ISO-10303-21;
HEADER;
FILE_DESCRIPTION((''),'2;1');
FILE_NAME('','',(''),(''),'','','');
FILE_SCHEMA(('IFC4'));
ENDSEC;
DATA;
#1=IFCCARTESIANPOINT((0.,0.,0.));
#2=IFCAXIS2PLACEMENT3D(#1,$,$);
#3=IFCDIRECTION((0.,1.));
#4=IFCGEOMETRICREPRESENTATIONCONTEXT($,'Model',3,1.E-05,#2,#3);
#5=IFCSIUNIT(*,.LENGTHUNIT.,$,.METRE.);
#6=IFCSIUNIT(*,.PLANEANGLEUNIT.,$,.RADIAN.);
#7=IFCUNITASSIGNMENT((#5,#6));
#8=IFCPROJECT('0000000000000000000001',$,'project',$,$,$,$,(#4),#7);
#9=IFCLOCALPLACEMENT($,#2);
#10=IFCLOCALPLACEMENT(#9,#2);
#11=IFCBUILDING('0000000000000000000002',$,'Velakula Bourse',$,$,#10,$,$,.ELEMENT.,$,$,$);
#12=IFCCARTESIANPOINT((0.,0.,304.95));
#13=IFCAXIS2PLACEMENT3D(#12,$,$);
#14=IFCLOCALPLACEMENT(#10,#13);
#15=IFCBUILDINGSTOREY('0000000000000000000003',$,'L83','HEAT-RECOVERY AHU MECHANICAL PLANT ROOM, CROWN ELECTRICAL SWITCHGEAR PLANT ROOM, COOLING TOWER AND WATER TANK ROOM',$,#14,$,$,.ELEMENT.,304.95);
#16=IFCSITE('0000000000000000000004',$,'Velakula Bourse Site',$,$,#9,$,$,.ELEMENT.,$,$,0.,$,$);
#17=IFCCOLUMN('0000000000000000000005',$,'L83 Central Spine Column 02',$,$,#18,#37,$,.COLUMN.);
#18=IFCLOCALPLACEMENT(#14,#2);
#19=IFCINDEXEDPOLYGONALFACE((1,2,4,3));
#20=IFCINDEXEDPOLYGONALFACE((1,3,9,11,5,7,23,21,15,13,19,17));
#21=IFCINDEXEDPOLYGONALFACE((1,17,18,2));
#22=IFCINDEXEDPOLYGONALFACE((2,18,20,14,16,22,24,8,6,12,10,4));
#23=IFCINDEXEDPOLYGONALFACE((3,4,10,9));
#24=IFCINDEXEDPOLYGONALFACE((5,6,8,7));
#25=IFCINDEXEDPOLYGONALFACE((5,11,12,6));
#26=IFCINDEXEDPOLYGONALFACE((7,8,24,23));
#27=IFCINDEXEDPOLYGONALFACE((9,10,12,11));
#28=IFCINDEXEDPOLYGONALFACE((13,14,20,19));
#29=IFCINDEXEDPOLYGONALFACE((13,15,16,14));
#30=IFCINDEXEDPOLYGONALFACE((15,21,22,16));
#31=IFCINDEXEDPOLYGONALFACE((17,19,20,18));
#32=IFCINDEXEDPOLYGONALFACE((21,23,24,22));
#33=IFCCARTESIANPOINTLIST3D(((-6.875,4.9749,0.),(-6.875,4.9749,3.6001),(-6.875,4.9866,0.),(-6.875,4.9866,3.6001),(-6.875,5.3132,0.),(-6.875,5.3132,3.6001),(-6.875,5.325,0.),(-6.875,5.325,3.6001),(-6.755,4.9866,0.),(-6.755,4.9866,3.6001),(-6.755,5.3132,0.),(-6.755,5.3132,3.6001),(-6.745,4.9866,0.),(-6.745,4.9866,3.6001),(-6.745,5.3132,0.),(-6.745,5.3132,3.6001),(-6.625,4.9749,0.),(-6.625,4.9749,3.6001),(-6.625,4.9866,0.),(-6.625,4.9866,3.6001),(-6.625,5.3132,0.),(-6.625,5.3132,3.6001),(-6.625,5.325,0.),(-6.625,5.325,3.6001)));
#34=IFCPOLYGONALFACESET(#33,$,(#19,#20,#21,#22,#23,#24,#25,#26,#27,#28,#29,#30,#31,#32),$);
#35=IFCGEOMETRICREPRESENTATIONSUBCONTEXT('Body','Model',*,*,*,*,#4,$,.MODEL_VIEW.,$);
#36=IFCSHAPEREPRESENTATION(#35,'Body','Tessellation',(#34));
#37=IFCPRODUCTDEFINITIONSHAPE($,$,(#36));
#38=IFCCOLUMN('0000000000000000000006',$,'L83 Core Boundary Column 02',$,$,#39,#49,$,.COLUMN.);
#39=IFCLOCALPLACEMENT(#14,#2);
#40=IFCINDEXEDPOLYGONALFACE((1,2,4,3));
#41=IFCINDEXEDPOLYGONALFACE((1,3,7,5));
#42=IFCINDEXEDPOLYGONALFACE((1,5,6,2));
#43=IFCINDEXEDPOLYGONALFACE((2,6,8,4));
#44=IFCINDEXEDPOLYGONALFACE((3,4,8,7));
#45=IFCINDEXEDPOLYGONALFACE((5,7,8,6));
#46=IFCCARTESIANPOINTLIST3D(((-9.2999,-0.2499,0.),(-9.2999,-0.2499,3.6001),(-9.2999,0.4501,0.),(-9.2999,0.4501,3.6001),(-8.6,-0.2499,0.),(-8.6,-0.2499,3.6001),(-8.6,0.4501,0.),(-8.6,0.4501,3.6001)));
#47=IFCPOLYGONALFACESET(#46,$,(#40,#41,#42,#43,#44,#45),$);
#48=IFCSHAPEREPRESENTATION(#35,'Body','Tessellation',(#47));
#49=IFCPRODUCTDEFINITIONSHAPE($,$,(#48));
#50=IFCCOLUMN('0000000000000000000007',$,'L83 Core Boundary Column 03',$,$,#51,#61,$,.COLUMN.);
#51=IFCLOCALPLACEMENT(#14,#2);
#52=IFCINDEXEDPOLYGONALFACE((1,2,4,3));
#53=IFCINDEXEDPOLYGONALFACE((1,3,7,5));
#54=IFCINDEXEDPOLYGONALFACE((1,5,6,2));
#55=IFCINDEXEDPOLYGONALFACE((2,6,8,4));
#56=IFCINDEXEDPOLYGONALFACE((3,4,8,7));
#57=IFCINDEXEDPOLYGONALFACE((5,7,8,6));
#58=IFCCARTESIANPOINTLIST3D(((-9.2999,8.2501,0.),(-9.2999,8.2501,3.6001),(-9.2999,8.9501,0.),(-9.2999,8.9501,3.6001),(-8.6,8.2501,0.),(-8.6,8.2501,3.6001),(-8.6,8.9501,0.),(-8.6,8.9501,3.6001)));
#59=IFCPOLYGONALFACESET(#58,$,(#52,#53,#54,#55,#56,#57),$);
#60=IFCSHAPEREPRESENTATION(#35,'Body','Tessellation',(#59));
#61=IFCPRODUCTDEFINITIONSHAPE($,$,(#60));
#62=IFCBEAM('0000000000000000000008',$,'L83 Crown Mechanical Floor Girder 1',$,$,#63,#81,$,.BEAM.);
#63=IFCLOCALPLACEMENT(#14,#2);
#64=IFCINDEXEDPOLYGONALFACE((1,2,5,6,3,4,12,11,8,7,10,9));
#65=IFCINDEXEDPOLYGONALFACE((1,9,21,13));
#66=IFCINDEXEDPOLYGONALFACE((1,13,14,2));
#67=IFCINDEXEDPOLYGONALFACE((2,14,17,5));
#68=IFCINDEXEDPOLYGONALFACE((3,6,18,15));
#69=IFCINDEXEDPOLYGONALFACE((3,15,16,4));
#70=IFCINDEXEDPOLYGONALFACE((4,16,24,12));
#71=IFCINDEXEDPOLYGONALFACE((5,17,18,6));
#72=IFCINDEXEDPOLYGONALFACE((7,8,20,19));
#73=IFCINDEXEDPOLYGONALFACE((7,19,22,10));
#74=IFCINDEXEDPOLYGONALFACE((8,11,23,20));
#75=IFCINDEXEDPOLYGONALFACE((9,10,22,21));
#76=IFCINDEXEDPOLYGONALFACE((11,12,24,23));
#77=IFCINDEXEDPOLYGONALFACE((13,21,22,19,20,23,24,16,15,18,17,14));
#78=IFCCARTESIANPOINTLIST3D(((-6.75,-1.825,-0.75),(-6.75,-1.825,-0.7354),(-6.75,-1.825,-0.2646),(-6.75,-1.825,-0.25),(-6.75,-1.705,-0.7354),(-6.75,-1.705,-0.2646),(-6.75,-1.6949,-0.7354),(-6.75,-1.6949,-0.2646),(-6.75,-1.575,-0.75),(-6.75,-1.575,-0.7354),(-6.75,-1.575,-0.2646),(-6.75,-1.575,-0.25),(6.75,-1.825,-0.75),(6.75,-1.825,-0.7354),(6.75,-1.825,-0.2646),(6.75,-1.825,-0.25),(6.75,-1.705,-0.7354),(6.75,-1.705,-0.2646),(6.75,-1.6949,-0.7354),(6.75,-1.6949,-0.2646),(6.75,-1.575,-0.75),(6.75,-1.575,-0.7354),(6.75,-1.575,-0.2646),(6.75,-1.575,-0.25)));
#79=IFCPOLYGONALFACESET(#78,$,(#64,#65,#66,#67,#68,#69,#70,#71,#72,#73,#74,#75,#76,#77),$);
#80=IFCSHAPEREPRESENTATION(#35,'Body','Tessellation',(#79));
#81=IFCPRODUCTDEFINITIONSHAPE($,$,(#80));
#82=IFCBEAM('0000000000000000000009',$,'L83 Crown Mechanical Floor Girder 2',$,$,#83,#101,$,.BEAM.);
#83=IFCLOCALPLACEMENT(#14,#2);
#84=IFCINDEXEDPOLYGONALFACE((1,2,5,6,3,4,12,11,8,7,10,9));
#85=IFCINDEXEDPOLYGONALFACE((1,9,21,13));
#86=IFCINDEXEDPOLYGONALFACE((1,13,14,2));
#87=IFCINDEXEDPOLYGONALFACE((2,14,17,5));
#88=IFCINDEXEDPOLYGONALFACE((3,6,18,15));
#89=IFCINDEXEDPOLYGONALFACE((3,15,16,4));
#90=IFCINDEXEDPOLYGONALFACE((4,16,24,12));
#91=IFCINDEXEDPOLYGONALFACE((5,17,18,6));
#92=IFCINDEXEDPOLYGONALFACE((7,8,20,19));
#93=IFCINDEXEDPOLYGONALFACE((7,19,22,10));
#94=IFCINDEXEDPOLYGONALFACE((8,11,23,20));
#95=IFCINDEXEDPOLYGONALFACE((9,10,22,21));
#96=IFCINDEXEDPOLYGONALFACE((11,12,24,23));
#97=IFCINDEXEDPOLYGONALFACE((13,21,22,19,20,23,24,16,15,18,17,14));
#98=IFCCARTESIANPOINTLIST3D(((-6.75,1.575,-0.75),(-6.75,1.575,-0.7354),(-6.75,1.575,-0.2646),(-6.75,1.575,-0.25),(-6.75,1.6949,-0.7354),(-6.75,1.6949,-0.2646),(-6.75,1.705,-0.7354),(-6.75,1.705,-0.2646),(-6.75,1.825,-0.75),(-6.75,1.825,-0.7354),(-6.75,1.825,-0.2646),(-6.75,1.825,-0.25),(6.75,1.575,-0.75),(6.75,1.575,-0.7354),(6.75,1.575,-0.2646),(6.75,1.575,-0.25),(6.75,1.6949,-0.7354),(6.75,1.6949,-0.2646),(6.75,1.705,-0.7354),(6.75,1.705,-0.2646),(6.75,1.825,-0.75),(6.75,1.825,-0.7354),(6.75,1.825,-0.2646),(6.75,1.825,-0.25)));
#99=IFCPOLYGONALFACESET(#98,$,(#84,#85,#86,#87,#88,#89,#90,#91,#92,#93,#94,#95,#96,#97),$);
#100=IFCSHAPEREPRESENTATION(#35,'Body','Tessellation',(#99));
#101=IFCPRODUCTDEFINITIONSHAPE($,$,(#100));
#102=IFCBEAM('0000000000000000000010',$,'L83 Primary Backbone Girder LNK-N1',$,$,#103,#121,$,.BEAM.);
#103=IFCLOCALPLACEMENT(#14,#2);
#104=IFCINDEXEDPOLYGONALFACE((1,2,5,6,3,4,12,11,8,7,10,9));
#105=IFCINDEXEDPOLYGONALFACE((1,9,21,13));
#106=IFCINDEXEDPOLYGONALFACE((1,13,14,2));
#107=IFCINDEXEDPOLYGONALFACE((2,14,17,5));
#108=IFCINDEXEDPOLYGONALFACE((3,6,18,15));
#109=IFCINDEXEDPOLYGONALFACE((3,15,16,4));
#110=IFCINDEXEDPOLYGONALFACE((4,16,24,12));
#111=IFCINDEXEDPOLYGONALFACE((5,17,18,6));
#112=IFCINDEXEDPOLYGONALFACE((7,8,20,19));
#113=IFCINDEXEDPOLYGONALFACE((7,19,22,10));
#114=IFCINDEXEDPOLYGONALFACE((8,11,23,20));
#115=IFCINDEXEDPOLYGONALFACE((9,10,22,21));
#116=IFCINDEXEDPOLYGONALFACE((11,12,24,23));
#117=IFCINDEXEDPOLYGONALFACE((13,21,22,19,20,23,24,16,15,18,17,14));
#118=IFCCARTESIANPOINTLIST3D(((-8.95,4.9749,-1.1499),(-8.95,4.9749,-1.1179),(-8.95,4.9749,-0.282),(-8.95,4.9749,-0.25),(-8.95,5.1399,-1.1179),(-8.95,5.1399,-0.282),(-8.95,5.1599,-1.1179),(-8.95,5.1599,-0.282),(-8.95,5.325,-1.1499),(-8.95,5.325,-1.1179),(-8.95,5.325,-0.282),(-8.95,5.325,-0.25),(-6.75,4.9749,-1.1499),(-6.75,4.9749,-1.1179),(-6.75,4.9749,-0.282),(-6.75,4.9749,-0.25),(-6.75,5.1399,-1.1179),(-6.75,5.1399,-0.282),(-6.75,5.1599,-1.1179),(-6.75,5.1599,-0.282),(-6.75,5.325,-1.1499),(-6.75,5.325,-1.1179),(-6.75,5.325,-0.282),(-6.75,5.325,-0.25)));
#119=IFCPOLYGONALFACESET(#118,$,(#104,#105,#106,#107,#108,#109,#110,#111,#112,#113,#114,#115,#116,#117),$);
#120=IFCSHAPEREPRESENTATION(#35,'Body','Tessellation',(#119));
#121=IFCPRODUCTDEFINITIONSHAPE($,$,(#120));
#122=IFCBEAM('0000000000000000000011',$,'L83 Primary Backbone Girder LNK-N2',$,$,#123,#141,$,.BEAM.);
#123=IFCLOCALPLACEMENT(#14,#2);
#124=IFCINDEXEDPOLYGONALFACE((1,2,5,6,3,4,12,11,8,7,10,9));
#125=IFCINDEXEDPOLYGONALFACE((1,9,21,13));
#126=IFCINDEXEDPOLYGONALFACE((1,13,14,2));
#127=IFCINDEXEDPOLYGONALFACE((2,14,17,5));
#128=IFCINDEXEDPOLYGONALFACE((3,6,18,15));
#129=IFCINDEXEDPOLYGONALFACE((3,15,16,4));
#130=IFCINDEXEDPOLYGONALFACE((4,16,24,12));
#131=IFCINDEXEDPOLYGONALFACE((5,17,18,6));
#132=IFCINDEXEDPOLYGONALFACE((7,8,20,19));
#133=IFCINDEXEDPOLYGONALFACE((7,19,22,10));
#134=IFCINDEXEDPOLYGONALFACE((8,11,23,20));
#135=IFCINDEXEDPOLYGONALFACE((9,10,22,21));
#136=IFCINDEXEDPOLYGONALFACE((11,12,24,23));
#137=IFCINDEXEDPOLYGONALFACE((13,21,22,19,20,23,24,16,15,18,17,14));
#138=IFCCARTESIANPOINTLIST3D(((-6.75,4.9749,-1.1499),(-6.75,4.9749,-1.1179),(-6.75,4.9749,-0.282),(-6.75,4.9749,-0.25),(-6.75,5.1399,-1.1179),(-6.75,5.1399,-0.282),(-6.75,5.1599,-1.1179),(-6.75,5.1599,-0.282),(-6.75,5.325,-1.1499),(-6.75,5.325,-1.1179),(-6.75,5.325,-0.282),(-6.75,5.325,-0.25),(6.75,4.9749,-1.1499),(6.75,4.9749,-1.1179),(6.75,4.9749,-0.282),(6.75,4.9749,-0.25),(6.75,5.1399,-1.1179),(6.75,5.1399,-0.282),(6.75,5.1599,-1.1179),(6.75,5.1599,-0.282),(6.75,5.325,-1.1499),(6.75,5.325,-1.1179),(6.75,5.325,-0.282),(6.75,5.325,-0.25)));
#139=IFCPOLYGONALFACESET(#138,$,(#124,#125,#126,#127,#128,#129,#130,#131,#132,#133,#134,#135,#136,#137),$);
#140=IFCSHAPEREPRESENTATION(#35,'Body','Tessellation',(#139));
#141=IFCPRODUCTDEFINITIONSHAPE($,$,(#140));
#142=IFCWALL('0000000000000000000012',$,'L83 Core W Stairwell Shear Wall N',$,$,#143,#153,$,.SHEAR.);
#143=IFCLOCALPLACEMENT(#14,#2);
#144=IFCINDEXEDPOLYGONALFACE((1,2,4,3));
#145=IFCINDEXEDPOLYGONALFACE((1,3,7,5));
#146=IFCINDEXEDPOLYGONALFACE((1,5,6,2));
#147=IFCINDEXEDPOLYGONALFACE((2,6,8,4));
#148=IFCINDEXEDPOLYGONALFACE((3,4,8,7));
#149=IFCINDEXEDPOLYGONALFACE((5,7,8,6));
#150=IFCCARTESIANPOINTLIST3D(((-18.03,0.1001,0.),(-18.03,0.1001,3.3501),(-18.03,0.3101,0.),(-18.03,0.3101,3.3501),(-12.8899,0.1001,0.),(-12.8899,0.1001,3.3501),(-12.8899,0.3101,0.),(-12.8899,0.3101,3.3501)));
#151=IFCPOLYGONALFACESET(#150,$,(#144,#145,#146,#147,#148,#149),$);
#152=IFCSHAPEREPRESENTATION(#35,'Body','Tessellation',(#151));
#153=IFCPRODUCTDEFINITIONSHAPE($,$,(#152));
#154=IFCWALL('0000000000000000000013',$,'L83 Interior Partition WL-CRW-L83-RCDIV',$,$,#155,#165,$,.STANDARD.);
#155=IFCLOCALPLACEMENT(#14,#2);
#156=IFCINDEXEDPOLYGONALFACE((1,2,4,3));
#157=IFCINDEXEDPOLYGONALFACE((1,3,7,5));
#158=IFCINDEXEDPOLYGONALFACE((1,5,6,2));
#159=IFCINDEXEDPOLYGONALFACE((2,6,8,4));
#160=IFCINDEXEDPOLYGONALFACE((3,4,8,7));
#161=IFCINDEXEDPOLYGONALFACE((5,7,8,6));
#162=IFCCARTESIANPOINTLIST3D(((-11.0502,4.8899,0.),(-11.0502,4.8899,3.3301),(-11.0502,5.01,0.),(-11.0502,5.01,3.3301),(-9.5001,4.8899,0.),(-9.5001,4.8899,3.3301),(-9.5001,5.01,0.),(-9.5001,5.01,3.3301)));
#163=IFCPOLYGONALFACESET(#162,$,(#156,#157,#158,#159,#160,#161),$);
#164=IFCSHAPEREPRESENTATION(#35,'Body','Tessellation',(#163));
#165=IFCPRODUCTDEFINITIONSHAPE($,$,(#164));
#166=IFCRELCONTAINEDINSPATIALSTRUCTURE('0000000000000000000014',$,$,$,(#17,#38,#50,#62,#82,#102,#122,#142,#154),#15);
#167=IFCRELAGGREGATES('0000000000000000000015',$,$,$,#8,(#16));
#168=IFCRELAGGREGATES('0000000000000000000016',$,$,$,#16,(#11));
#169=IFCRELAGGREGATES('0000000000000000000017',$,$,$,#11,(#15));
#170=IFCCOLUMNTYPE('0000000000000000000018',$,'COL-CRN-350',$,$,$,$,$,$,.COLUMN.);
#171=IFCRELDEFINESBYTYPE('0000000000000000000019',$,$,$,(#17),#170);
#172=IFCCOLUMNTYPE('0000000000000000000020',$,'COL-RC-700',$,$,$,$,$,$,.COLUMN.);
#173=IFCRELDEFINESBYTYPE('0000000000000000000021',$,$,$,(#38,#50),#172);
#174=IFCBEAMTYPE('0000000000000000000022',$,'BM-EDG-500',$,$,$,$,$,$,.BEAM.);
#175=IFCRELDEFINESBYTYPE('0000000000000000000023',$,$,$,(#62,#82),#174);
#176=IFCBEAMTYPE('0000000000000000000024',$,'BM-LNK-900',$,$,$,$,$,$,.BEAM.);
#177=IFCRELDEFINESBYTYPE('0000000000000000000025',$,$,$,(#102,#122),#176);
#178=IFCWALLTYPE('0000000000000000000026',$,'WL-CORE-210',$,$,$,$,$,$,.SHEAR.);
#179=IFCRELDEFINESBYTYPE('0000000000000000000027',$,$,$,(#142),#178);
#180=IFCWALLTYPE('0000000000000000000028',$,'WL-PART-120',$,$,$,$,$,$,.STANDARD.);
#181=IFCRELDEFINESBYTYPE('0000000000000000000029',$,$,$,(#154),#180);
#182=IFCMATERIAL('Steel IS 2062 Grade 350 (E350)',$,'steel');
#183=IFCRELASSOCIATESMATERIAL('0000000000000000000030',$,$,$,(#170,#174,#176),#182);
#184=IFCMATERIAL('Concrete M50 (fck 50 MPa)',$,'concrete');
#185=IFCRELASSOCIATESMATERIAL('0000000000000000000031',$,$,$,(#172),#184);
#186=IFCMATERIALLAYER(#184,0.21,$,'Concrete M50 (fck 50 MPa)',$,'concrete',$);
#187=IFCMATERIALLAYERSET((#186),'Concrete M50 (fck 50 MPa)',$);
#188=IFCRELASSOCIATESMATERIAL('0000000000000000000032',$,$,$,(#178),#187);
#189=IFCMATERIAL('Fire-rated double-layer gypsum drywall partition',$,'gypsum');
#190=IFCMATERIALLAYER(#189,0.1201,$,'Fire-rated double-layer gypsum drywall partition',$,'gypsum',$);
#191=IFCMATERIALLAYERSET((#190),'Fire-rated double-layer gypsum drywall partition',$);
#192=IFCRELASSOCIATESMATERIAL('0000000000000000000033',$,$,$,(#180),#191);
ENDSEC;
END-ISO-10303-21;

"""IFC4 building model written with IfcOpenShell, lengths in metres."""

from ifc_helpers import new_model, si_unit, direction, frame, frame_2d, origin, origin_2d, place, context, subcontext, project, spatial, rectangle, i_section, extrude, material, layer, layer_set, material_profile, profile_set, type_object, element, save


model = new_model("IFC4")

# Units and contexts
model_context = context("Model", 3, precision=1e-05, world=origin(), true_north=direction((0.0, 1.0)))
body_context = subcontext(model_context, "Body", "Model", "MODEL_VIEW")
ifc_project = project(units=[si_unit("LENGTHUNIT", "METRE"), si_unit("PLANEANGLEUNIT", "RADIAN")], contexts=[model_context])

# Site, building, storey
site_placement = place(None, origin())
site = spatial("IfcSite", under=ifc_project, at=site_placement, Name="Velakula Bourse Site", CompositionType="ELEMENT", RefElevation=0.0)
building_placement = place(site_placement, origin())
building = spatial("IfcBuilding", under=site, at=building_placement, Name="Velakula Bourse", CompositionType="ELEMENT")
storey_placement = place(building_placement, frame((0.0, 0.0, 304.95)))
storey = spatial("IfcBuildingStorey", under=building, at=storey_placement, Name="L83", Description="HEAT-RECOVERY AHU MECHANICAL PLANT ROOM, CROWN ELECTRICAL SWITCHGEAR PLANT ROOM, COOLING TOWER AND WATER TANK ROOM", CompositionType="ELEMENT", Elevation=304.95)

# Columns
ifc_material_1 = material(Name="Steel IS 2062 Grade 350 (E350)", Category="steel")
ifc_material_profile_1 = material_profile(ifc_material_1, i_section(OverallWidth=0.25, OverallDepth=0.3501, WebThickness=0.01, FlangeThickness=0.0117, at=origin_2d()), Name="Steel IS 2062 Grade 350 (E350)")
ifc_profile_set_1 = profile_set([ifc_material_profile_1], Name="Steel IS 2062 Grade 350 (E350)")
column_type_1 = type_object("IfcColumnType", Name="COL-CRN-350", PredefinedType="COLUMN", material=ifc_profile_set_1)
column_placement = place(storey_placement, frame((-6.75, 5.1499, 0.0), z_axis=(0.0, 0.0, 1.0), x_axis=(1.0, 0.0, 0.0)))
element("IfcColumn", 1, at=column_placement, inside=storey, type_object=column_type_1, Name="L83 Central Spine Column 02", PredefinedType="COLUMN", context=body_context, shape_type="SweptSolid", body=[
    extrude(i_section(OverallWidth=0.25, OverallDepth=0.3501, WebThickness=0.01, FlangeThickness=0.0117, at=origin_2d()), origin(), (0.0, 0.0, 1.0), 3.6001),
])
ifc_material_2 = material(Name="Concrete M50 (fck 50 MPa)", Category="concrete")
ifc_material_profile_2 = material_profile(ifc_material_2, rectangle(XDim=0.7, YDim=0.7, at=origin_2d()), Name="Concrete M50 (fck 50 MPa)")
ifc_profile_set_2 = profile_set([ifc_material_profile_2], Name="Concrete M50 (fck 50 MPa)")
column_type_2 = type_object("IfcColumnType", Name="COL-RC-700", PredefinedType="COLUMN", material=ifc_profile_set_2)
for number, where, z_axis, x_axis, name in (
    (2, (-8.95, 0.1001, 0.0), (0.0, 0.0, 1.0), (1.0, 0.0, 0.0), "L83 Core Boundary Column 02"),
    (3, (-8.95, 8.6001, 0.0), (0.0, 0.0, 1.0), (1.0, 0.0, 0.0), "L83 Core Boundary Column 03"),
):
    element("IfcColumn", number, at=place(storey_placement, frame(where, z_axis=z_axis, x_axis=x_axis)), inside=storey, type_object=column_type_2, Name=name, PredefinedType="COLUMN", context=body_context, shape_type="SweptSolid", body=[
        extrude(rectangle(XDim=0.7, YDim=0.7, at=origin_2d()), origin(), (0.0, 0.0, 1.0), 3.6001),
    ])

# Beams
ifc_material_profile_3 = material_profile(ifc_material_1, i_section(OverallWidth=0.25, OverallDepth=0.5, WebThickness=0.01, FlangeThickness=0.0146, at=origin_2d()), Name="Steel IS 2062 Grade 350 (E350)")
ifc_profile_set_3 = profile_set([ifc_material_profile_3], Name="Steel IS 2062 Grade 350 (E350)")
beam_type_1 = type_object("IfcBeamType", Name="BM-EDG-500", PredefinedType="BEAM", material=ifc_profile_set_3)
for number, where, z_axis, x_axis, name in (
    (4, (-6.75, -1.7, -0.5), (1.0, 0.0, 0.0), (0.0, 1.0, 0.0), "L83 Crown Mechanical Floor Girder 1"),
    (5, (-6.75, 1.7, -0.5), (1.0, 0.0, 0.0), (0.0, 1.0, 0.0), "L83 Crown Mechanical Floor Girder 2"),
):
    element("IfcBeam", number, at=place(storey_placement, frame(where, z_axis=z_axis, x_axis=x_axis)), inside=storey, type_object=beam_type_1, Name=name, PredefinedType="BEAM", context=body_context, shape_type="SweptSolid", body=[
        extrude(i_section(OverallWidth=0.25, OverallDepth=0.5, WebThickness=0.01, FlangeThickness=0.0146, at=origin_2d()), origin(), (0.0, 0.0, 1.0), 13.5),
    ])
ifc_material_profile_4 = material_profile(ifc_material_1, i_section(OverallWidth=0.3501, OverallDepth=0.8999, WebThickness=0.02, FlangeThickness=0.032, at=origin_2d()), Name="Steel IS 2062 Grade 350 (E350)")
ifc_profile_set_4 = profile_set([ifc_material_profile_4], Name="Steel IS 2062 Grade 350 (E350)")
beam_type_2 = type_object("IfcBeamType", Name="BM-LNK-900", PredefinedType="BEAM", material=ifc_profile_set_4)
beam_1_placement = place(storey_placement, frame((-8.95, 5.1499, -0.7), z_axis=(1.0, 0.0, 0.0), x_axis=(0.0, 1.0, 0.0)))
element("IfcBeam", 6, at=beam_1_placement, inside=storey, type_object=beam_type_2, Name="L83 Primary Backbone Girder LNK-N1", PredefinedType="BEAM", context=body_context, shape_type="SweptSolid", body=[
    extrude(i_section(OverallWidth=0.3501, OverallDepth=0.8999, WebThickness=0.02, FlangeThickness=0.032, at=origin_2d()), origin(), (0.0, 0.0, 1.0), 2.2),
])
beam_2_placement = place(storey_placement, frame((-6.75, 5.1499, -0.7), z_axis=(1.0, 0.0, 0.0), x_axis=(0.0, 1.0, 0.0)))
element("IfcBeam", 7, at=beam_2_placement, inside=storey, type_object=beam_type_2, Name="L83 Primary Backbone Girder LNK-N2", PredefinedType="BEAM", context=body_context, shape_type="SweptSolid", body=[
    extrude(i_section(OverallWidth=0.3501, OverallDepth=0.8999, WebThickness=0.02, FlangeThickness=0.032, at=origin_2d()), origin(), (0.0, 0.0, 1.0), 13.5),
])

# Walls
ifc_layer_1 = layer(ifc_material_2, 0.21, Name="Concrete M50 (fck 50 MPa)", Category="concrete")
ifc_layer_set_1 = layer_set([ifc_layer_1], Name="Concrete M50 (fck 50 MPa)")
wall_type_1 = type_object("IfcWallType", Name="WL-CORE-210", PredefinedType="SHEAR", material=ifc_layer_set_1)
wall_1_placement = place(storey_placement, frame((-12.8899, 0.2051, 0.0), z_axis=(0.0, 0.0, 1.0), x_axis=(-1.0, 0.0, 0.0)))
element("IfcWall", 8, at=wall_1_placement, inside=storey, type_object=wall_type_1, Name="L83 Core W Stairwell Shear Wall N", PredefinedType="SHEAR", context=body_context, shape_type="SweptSolid", body=[
    extrude(rectangle(XDim=5.1401, YDim=0.21, at=frame_2d((2.5701, 0.0))), origin(), (0.0, 0.0, 1.0), 3.3501),
])
ifc_material_3 = material(Name="Fire-rated double-layer gypsum drywall partition", Category="gypsum")
ifc_layer_2 = layer(ifc_material_3, 0.1201, Name="Fire-rated double-layer gypsum drywall partition", Category="gypsum")
ifc_layer_set_2 = layer_set([ifc_layer_2], Name="Fire-rated double-layer gypsum drywall partition")
wall_type_2 = type_object("IfcWallType", Name="WL-PART-120", PredefinedType="STANDARD", material=ifc_layer_set_2)
wall_2_placement = place(storey_placement, frame((-11.05, 4.95, 0.0), z_axis=(0.0, 0.0, 1.0), x_axis=(1.0, 0.0, 0.0)))
element("IfcWall", 9, at=wall_2_placement, inside=storey, type_object=wall_type_2, Name="L83 Interior Partition WL-CRW-L83-RCDIV", PredefinedType="STANDARD", context=body_context, shape_type="SweptSolid", body=[
    extrude(rectangle(XDim=1.55, YDim=0.1201, at=frame_2d((0.7749, 0.0))), origin(), (0.0, 0.0, 1.0), 3.3301),
])

save(model, "model.ifc")
